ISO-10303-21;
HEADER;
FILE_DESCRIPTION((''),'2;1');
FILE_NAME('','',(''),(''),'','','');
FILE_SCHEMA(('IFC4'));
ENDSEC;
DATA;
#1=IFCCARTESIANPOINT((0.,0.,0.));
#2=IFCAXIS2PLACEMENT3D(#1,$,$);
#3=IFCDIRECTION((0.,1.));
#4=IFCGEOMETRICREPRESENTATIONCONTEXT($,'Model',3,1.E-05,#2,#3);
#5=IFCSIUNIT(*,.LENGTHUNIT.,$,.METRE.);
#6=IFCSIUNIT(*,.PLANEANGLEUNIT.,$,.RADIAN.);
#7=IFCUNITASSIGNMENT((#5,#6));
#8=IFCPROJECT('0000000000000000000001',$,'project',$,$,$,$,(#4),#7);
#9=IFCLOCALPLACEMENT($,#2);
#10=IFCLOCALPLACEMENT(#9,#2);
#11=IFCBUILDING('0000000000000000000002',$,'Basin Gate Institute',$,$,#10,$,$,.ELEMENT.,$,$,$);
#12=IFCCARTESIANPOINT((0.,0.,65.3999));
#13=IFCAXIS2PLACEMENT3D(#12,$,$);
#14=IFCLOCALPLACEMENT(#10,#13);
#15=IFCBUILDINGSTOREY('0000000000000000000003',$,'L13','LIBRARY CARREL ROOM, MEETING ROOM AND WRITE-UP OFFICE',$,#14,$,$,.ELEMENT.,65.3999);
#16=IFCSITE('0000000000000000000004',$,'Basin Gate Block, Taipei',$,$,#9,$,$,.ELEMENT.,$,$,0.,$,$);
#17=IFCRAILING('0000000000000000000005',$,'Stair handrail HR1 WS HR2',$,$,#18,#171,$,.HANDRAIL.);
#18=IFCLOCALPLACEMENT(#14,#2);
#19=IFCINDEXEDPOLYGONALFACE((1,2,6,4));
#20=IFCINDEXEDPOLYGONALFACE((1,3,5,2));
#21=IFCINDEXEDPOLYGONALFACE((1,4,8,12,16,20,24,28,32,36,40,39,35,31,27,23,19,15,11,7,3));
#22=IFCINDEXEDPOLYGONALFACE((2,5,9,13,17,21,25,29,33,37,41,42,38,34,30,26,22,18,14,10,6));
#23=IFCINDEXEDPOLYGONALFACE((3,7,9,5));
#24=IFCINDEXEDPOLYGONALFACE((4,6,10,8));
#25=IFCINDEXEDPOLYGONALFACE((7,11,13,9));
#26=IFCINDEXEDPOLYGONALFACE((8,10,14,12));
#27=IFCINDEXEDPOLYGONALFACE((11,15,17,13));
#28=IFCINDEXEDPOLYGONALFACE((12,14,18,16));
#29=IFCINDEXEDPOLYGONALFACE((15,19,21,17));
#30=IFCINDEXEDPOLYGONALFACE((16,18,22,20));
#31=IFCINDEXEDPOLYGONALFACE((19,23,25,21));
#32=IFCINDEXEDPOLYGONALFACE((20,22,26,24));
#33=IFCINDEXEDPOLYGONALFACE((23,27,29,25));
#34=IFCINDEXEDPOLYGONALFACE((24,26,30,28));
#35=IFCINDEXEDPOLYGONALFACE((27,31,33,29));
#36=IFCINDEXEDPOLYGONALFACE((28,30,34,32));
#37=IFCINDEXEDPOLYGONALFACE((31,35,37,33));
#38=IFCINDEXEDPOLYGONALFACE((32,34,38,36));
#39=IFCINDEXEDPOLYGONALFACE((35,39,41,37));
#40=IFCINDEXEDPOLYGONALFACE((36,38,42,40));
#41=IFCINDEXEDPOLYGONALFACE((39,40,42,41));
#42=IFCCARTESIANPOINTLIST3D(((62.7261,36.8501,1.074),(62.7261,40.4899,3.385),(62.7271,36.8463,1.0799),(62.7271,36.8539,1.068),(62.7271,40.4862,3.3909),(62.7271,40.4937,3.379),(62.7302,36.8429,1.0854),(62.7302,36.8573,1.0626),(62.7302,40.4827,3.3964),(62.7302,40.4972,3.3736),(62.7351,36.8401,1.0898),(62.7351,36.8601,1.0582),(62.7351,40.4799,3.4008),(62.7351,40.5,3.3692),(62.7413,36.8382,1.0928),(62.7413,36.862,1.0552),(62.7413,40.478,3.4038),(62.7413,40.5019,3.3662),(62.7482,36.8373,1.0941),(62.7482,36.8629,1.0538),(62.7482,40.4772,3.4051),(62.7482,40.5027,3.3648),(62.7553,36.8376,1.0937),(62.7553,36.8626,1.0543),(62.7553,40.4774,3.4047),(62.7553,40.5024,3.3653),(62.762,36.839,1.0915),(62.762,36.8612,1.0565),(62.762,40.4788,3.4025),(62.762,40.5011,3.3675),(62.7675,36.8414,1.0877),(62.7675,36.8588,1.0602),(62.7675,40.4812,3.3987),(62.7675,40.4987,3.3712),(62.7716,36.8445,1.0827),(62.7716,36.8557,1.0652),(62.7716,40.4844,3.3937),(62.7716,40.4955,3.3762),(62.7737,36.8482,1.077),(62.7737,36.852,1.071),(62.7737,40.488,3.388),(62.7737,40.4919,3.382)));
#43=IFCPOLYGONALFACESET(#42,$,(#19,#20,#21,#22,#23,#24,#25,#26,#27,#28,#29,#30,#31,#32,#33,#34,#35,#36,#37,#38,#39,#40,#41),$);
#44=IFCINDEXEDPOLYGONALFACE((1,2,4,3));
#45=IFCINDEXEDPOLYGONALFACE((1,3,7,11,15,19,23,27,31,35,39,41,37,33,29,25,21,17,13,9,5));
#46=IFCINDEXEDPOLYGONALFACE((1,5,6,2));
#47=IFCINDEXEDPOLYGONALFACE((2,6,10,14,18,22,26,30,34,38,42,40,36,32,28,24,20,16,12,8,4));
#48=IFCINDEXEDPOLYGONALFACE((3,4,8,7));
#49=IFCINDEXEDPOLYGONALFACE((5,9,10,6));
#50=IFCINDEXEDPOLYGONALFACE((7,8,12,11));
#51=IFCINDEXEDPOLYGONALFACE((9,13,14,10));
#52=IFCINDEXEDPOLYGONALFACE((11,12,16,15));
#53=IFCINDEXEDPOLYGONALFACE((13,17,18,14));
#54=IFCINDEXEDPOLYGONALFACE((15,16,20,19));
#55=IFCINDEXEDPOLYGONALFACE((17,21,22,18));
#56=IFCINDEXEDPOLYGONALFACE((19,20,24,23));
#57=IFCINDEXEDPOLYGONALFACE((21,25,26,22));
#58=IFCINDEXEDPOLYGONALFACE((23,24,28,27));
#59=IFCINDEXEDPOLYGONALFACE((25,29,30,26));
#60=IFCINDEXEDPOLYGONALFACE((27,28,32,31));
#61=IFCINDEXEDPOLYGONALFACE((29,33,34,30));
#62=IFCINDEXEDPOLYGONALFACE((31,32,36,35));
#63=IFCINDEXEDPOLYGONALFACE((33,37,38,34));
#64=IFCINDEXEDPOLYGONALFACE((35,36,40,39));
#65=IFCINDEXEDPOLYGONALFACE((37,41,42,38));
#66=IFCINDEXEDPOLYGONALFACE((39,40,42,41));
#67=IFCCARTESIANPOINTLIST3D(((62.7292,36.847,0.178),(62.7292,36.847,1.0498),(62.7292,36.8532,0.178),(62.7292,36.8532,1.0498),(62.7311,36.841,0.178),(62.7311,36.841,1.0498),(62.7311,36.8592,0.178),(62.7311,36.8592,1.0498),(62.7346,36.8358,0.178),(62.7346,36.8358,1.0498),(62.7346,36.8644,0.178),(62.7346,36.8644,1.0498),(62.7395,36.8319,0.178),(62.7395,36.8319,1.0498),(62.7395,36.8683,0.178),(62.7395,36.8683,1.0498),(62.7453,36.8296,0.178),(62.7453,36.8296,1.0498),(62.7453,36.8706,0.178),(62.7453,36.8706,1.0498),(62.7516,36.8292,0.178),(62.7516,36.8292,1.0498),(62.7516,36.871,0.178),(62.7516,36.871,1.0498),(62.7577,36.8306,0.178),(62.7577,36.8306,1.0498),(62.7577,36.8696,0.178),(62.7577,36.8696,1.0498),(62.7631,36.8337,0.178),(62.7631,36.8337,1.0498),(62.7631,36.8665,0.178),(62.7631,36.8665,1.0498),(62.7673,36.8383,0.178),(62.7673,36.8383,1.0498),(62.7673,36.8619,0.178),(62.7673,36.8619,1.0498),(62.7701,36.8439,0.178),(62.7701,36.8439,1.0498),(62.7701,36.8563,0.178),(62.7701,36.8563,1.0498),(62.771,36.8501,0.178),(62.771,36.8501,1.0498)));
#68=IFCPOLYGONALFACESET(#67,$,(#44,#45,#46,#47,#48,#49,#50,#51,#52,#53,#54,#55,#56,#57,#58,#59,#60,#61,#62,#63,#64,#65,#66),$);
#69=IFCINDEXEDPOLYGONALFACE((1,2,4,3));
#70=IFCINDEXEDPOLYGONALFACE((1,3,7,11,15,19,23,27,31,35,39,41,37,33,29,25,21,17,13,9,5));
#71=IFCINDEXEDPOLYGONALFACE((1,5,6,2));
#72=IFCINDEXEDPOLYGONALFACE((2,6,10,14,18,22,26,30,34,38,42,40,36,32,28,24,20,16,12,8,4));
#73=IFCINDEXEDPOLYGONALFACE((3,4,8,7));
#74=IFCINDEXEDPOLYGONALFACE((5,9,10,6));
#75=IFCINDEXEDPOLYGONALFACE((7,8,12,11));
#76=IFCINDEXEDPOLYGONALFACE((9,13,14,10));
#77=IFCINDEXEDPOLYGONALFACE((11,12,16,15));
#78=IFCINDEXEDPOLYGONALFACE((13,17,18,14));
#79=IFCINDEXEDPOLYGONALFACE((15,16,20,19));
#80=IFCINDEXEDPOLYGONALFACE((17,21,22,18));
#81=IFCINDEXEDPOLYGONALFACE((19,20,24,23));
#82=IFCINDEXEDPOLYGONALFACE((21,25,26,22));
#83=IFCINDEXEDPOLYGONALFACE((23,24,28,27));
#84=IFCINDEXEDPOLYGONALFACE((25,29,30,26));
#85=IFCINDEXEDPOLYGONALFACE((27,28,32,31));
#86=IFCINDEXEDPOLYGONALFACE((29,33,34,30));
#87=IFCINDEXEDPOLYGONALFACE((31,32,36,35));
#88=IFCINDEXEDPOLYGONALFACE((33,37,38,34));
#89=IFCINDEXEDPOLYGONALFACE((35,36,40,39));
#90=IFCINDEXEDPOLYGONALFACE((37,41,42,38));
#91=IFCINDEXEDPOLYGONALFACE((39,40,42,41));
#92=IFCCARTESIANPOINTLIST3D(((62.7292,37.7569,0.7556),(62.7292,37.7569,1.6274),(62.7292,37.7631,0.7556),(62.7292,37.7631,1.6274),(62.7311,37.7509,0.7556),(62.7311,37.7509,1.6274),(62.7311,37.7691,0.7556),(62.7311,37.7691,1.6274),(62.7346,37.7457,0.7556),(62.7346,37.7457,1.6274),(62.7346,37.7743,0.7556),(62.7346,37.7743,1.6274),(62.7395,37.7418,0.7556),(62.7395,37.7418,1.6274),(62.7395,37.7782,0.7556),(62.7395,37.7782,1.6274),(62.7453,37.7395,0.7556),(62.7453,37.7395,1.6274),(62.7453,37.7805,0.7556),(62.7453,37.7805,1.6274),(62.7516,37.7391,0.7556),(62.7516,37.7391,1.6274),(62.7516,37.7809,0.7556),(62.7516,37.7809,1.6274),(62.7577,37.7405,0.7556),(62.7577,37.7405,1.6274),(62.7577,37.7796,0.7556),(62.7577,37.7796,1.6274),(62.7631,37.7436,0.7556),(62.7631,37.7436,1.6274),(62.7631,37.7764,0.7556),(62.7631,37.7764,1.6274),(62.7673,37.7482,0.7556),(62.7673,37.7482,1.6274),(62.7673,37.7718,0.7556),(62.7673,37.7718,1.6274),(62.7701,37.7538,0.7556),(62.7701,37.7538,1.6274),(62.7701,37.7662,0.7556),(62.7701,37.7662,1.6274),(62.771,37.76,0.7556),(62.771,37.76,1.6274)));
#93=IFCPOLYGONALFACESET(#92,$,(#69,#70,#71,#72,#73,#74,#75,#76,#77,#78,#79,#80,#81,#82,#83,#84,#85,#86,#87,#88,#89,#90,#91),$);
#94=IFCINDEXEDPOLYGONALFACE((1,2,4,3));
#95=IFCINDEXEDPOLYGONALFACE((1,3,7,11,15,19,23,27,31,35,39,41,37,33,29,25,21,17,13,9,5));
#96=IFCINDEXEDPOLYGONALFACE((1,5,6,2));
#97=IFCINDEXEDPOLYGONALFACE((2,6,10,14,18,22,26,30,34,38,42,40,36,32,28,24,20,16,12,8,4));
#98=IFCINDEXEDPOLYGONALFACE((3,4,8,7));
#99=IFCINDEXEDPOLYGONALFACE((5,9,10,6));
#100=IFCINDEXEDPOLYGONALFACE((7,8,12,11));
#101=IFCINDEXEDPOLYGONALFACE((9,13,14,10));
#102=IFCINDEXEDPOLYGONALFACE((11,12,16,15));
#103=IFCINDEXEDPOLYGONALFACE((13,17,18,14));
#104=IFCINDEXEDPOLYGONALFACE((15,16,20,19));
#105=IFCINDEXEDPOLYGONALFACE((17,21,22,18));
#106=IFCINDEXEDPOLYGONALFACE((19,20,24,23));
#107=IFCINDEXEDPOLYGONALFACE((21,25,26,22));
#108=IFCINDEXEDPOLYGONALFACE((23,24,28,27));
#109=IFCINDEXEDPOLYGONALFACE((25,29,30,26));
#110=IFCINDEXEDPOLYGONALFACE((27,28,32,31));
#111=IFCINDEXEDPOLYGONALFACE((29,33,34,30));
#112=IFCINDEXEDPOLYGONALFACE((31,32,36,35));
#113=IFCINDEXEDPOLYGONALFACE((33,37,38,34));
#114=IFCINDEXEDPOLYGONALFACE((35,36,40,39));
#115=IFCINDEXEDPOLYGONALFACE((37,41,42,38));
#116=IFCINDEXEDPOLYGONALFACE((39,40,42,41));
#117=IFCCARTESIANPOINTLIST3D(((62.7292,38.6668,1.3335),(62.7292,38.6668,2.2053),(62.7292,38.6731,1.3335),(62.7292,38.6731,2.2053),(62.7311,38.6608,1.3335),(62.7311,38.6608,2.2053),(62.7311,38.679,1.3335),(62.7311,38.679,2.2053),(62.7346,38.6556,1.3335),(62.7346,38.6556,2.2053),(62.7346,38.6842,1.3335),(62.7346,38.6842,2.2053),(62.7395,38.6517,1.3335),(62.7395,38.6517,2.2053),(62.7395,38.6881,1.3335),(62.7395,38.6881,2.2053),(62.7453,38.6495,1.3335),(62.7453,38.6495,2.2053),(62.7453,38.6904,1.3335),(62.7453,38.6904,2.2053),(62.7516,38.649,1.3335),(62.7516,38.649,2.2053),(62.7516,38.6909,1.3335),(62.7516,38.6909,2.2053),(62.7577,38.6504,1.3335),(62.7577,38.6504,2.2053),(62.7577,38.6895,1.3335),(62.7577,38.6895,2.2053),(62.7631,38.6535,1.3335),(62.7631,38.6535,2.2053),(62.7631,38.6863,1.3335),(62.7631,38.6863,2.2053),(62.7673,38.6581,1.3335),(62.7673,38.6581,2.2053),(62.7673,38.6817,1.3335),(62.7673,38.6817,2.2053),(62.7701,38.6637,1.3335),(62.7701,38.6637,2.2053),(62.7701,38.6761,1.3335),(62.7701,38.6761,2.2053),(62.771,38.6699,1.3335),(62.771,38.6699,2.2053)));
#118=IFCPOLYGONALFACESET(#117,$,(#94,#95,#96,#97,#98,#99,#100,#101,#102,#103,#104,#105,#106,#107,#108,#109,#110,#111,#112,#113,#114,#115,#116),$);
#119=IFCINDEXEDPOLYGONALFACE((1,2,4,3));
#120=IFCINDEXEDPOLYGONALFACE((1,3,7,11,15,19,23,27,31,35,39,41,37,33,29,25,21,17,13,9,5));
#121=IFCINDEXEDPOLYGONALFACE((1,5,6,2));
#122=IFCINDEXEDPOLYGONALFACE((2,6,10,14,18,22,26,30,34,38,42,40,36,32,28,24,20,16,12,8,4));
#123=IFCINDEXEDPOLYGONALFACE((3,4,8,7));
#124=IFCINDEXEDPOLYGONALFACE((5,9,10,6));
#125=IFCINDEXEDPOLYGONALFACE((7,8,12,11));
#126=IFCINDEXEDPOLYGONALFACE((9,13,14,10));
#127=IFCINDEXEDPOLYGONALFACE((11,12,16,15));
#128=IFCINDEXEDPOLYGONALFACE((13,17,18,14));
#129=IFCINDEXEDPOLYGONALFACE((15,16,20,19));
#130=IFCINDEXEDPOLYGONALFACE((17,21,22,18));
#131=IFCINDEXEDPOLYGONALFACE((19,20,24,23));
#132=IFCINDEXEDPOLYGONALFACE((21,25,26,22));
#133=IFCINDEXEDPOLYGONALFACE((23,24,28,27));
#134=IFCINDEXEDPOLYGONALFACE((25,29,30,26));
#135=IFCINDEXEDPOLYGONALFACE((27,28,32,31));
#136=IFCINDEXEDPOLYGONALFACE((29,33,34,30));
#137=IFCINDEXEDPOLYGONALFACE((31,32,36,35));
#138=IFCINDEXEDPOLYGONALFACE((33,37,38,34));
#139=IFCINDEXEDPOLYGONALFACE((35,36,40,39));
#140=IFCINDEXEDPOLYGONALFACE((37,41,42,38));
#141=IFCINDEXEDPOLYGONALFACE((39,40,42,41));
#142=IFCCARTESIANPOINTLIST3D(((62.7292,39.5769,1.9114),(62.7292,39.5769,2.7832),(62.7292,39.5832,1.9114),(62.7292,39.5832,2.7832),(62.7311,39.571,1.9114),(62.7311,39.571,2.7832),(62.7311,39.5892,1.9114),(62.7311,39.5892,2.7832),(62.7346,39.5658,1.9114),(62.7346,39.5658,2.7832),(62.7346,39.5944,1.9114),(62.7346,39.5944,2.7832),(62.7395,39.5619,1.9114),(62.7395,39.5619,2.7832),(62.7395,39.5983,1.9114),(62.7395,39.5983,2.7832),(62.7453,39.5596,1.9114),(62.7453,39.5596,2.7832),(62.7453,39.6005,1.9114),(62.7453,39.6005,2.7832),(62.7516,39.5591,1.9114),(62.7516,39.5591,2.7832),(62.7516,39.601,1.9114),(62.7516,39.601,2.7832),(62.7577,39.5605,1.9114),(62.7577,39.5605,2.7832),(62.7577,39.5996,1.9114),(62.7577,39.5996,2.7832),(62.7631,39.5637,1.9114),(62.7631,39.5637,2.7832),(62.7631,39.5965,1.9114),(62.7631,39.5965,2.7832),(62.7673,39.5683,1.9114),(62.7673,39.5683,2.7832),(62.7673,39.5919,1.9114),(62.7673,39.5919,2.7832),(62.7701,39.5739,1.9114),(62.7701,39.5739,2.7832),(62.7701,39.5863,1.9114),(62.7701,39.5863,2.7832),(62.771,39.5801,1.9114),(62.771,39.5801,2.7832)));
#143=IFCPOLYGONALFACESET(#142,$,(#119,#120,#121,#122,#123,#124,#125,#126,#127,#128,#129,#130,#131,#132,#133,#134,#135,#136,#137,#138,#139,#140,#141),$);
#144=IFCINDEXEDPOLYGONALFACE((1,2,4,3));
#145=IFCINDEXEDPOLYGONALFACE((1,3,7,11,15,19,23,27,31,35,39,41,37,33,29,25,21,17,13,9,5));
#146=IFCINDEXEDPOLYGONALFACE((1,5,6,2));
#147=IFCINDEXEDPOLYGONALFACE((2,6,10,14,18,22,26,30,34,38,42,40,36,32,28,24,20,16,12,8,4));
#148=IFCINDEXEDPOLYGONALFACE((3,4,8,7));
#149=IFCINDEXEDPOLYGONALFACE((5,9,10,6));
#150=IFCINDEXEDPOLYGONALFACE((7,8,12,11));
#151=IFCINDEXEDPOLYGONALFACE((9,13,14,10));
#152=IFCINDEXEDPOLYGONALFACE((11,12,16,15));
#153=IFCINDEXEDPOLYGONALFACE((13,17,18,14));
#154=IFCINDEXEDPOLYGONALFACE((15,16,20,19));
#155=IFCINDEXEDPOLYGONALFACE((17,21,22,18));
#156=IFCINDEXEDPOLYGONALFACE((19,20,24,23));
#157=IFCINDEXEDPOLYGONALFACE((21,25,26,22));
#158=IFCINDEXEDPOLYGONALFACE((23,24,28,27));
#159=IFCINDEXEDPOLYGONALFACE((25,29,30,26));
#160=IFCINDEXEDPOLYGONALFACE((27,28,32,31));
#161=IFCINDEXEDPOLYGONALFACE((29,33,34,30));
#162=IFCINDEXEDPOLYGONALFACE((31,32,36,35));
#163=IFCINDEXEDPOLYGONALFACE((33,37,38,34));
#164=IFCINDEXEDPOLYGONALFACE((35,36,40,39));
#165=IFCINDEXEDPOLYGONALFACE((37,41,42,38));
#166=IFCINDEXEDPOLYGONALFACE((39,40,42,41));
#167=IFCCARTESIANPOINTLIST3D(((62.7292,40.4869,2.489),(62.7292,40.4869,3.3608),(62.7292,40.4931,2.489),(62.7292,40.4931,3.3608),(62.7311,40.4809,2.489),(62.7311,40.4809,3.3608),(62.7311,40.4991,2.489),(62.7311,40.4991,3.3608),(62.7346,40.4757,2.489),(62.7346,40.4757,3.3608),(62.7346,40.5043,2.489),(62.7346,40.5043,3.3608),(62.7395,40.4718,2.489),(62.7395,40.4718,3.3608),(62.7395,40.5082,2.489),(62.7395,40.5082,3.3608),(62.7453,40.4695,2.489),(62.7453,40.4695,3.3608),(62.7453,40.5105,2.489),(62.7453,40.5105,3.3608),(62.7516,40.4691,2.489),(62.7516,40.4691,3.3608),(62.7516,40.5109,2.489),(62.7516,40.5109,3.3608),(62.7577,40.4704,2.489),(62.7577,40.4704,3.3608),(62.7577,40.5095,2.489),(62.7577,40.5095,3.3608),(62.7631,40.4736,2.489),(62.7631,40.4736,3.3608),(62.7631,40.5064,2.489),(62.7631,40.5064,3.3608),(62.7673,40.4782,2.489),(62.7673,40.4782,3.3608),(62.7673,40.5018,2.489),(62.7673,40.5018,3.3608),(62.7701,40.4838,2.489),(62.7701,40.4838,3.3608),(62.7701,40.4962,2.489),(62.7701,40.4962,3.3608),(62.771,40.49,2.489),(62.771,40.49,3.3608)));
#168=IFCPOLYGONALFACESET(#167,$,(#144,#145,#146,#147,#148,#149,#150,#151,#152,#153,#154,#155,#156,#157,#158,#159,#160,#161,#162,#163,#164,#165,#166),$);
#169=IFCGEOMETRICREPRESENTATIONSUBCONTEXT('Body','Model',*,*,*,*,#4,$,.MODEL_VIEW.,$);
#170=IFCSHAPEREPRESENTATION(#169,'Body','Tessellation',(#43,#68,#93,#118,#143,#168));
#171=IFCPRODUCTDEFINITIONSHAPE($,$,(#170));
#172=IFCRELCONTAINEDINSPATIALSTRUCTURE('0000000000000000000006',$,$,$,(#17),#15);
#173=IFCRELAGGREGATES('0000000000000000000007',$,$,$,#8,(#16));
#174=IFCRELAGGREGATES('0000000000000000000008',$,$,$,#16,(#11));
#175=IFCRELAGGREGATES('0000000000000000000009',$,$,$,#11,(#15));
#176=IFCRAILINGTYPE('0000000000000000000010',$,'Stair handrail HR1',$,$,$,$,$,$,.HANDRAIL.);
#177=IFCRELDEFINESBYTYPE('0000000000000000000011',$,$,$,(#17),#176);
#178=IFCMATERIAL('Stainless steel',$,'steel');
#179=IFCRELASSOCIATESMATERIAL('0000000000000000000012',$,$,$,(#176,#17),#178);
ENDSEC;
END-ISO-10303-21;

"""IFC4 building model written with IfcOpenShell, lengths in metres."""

from ifc_helpers import new_model, si_unit, direction, frame, origin, origin_2d, place, context, subcontext, project, spatial, circle, extrude, material, type_object, element, save


model = new_model("IFC4")

# Units and contexts
model_context = context("Model", 3, precision=1e-05, world=origin(), true_north=direction((0.0, 1.0)))
body_context = subcontext(model_context, "Body", "Model", "MODEL_VIEW")
ifc_project = project(units=[si_unit("LENGTHUNIT", "METRE"), si_unit("PLANEANGLEUNIT", "RADIAN")], contexts=[model_context])

# Site, building, storey
site_placement = place(None, origin())
site = spatial("IfcSite", under=ifc_project, at=site_placement, Name="Basin Gate Block, Taipei", CompositionType="ELEMENT", RefElevation=0.0)
building_placement = place(site_placement, origin())
building = spatial("IfcBuilding", under=site, at=building_placement, Name="Basin Gate Institute", CompositionType="ELEMENT")
storey_placement = place(building_placement, frame((0.0, 0.0, 65.3999)))
storey = spatial("IfcBuildingStorey", under=building, at=storey_placement, Name="L13", Description="LIBRARY CARREL ROOM, MEETING ROOM AND WRITE-UP OFFICE", CompositionType="ELEMENT", Elevation=65.3999)

# Railing
ifc_material_1 = material(Name="Stainless steel", Category="steel")
railing_type_1 = type_object("IfcRailingType", Name="Stair handrail HR1", PredefinedType="HANDRAIL", material=ifc_material_1)
for number, where, name in (
    (1, (62.75, 36.8501, 0.178), "Stair handrail HR1 WS HR2"),
):
    element("IfcRailing", number, at=place(storey_placement, frame(where)), inside=storey, type_object=railing_type_1, material=ifc_material_1, Name=name, PredefinedType="HANDRAIL", context=body_context, shape_type="SweptSolid", body=[
        extrude(circle(Radius=0.0239, at=origin_2d()), frame((0.0, 0.0, 0.896), z_axis=(0.0, 0.844214, 0.536007), x_axis=(-1.0, 0.0, 0.0)), (0.0, 0.0, 1.0), 4.3115),
        extrude(circle(Radius=0.021, at=origin_2d()), origin(), (0.0, 0.0, 1.0), 0.8718),
        extrude(circle(Radius=0.021, at=origin_2d()), frame((0.0, 0.9099, 0.5776)), (0.0, 0.0, 1.0), 0.8718),
        extrude(circle(Radius=0.021, at=origin_2d()), frame((0.0, 1.8198, 1.1555)), (0.0, 0.0, 1.0), 0.8718),
        extrude(circle(Radius=0.021, at=origin_2d()), frame((0.0, 2.73, 1.7334)), (0.0, 0.0, 1.0), 0.8718),
        extrude(circle(Radius=0.021, at=origin_2d()), frame((0.0, 3.6399, 2.311)), (0.0, 0.0, 1.0), 0.8718),
    ])

save(model, "model.ifc")
